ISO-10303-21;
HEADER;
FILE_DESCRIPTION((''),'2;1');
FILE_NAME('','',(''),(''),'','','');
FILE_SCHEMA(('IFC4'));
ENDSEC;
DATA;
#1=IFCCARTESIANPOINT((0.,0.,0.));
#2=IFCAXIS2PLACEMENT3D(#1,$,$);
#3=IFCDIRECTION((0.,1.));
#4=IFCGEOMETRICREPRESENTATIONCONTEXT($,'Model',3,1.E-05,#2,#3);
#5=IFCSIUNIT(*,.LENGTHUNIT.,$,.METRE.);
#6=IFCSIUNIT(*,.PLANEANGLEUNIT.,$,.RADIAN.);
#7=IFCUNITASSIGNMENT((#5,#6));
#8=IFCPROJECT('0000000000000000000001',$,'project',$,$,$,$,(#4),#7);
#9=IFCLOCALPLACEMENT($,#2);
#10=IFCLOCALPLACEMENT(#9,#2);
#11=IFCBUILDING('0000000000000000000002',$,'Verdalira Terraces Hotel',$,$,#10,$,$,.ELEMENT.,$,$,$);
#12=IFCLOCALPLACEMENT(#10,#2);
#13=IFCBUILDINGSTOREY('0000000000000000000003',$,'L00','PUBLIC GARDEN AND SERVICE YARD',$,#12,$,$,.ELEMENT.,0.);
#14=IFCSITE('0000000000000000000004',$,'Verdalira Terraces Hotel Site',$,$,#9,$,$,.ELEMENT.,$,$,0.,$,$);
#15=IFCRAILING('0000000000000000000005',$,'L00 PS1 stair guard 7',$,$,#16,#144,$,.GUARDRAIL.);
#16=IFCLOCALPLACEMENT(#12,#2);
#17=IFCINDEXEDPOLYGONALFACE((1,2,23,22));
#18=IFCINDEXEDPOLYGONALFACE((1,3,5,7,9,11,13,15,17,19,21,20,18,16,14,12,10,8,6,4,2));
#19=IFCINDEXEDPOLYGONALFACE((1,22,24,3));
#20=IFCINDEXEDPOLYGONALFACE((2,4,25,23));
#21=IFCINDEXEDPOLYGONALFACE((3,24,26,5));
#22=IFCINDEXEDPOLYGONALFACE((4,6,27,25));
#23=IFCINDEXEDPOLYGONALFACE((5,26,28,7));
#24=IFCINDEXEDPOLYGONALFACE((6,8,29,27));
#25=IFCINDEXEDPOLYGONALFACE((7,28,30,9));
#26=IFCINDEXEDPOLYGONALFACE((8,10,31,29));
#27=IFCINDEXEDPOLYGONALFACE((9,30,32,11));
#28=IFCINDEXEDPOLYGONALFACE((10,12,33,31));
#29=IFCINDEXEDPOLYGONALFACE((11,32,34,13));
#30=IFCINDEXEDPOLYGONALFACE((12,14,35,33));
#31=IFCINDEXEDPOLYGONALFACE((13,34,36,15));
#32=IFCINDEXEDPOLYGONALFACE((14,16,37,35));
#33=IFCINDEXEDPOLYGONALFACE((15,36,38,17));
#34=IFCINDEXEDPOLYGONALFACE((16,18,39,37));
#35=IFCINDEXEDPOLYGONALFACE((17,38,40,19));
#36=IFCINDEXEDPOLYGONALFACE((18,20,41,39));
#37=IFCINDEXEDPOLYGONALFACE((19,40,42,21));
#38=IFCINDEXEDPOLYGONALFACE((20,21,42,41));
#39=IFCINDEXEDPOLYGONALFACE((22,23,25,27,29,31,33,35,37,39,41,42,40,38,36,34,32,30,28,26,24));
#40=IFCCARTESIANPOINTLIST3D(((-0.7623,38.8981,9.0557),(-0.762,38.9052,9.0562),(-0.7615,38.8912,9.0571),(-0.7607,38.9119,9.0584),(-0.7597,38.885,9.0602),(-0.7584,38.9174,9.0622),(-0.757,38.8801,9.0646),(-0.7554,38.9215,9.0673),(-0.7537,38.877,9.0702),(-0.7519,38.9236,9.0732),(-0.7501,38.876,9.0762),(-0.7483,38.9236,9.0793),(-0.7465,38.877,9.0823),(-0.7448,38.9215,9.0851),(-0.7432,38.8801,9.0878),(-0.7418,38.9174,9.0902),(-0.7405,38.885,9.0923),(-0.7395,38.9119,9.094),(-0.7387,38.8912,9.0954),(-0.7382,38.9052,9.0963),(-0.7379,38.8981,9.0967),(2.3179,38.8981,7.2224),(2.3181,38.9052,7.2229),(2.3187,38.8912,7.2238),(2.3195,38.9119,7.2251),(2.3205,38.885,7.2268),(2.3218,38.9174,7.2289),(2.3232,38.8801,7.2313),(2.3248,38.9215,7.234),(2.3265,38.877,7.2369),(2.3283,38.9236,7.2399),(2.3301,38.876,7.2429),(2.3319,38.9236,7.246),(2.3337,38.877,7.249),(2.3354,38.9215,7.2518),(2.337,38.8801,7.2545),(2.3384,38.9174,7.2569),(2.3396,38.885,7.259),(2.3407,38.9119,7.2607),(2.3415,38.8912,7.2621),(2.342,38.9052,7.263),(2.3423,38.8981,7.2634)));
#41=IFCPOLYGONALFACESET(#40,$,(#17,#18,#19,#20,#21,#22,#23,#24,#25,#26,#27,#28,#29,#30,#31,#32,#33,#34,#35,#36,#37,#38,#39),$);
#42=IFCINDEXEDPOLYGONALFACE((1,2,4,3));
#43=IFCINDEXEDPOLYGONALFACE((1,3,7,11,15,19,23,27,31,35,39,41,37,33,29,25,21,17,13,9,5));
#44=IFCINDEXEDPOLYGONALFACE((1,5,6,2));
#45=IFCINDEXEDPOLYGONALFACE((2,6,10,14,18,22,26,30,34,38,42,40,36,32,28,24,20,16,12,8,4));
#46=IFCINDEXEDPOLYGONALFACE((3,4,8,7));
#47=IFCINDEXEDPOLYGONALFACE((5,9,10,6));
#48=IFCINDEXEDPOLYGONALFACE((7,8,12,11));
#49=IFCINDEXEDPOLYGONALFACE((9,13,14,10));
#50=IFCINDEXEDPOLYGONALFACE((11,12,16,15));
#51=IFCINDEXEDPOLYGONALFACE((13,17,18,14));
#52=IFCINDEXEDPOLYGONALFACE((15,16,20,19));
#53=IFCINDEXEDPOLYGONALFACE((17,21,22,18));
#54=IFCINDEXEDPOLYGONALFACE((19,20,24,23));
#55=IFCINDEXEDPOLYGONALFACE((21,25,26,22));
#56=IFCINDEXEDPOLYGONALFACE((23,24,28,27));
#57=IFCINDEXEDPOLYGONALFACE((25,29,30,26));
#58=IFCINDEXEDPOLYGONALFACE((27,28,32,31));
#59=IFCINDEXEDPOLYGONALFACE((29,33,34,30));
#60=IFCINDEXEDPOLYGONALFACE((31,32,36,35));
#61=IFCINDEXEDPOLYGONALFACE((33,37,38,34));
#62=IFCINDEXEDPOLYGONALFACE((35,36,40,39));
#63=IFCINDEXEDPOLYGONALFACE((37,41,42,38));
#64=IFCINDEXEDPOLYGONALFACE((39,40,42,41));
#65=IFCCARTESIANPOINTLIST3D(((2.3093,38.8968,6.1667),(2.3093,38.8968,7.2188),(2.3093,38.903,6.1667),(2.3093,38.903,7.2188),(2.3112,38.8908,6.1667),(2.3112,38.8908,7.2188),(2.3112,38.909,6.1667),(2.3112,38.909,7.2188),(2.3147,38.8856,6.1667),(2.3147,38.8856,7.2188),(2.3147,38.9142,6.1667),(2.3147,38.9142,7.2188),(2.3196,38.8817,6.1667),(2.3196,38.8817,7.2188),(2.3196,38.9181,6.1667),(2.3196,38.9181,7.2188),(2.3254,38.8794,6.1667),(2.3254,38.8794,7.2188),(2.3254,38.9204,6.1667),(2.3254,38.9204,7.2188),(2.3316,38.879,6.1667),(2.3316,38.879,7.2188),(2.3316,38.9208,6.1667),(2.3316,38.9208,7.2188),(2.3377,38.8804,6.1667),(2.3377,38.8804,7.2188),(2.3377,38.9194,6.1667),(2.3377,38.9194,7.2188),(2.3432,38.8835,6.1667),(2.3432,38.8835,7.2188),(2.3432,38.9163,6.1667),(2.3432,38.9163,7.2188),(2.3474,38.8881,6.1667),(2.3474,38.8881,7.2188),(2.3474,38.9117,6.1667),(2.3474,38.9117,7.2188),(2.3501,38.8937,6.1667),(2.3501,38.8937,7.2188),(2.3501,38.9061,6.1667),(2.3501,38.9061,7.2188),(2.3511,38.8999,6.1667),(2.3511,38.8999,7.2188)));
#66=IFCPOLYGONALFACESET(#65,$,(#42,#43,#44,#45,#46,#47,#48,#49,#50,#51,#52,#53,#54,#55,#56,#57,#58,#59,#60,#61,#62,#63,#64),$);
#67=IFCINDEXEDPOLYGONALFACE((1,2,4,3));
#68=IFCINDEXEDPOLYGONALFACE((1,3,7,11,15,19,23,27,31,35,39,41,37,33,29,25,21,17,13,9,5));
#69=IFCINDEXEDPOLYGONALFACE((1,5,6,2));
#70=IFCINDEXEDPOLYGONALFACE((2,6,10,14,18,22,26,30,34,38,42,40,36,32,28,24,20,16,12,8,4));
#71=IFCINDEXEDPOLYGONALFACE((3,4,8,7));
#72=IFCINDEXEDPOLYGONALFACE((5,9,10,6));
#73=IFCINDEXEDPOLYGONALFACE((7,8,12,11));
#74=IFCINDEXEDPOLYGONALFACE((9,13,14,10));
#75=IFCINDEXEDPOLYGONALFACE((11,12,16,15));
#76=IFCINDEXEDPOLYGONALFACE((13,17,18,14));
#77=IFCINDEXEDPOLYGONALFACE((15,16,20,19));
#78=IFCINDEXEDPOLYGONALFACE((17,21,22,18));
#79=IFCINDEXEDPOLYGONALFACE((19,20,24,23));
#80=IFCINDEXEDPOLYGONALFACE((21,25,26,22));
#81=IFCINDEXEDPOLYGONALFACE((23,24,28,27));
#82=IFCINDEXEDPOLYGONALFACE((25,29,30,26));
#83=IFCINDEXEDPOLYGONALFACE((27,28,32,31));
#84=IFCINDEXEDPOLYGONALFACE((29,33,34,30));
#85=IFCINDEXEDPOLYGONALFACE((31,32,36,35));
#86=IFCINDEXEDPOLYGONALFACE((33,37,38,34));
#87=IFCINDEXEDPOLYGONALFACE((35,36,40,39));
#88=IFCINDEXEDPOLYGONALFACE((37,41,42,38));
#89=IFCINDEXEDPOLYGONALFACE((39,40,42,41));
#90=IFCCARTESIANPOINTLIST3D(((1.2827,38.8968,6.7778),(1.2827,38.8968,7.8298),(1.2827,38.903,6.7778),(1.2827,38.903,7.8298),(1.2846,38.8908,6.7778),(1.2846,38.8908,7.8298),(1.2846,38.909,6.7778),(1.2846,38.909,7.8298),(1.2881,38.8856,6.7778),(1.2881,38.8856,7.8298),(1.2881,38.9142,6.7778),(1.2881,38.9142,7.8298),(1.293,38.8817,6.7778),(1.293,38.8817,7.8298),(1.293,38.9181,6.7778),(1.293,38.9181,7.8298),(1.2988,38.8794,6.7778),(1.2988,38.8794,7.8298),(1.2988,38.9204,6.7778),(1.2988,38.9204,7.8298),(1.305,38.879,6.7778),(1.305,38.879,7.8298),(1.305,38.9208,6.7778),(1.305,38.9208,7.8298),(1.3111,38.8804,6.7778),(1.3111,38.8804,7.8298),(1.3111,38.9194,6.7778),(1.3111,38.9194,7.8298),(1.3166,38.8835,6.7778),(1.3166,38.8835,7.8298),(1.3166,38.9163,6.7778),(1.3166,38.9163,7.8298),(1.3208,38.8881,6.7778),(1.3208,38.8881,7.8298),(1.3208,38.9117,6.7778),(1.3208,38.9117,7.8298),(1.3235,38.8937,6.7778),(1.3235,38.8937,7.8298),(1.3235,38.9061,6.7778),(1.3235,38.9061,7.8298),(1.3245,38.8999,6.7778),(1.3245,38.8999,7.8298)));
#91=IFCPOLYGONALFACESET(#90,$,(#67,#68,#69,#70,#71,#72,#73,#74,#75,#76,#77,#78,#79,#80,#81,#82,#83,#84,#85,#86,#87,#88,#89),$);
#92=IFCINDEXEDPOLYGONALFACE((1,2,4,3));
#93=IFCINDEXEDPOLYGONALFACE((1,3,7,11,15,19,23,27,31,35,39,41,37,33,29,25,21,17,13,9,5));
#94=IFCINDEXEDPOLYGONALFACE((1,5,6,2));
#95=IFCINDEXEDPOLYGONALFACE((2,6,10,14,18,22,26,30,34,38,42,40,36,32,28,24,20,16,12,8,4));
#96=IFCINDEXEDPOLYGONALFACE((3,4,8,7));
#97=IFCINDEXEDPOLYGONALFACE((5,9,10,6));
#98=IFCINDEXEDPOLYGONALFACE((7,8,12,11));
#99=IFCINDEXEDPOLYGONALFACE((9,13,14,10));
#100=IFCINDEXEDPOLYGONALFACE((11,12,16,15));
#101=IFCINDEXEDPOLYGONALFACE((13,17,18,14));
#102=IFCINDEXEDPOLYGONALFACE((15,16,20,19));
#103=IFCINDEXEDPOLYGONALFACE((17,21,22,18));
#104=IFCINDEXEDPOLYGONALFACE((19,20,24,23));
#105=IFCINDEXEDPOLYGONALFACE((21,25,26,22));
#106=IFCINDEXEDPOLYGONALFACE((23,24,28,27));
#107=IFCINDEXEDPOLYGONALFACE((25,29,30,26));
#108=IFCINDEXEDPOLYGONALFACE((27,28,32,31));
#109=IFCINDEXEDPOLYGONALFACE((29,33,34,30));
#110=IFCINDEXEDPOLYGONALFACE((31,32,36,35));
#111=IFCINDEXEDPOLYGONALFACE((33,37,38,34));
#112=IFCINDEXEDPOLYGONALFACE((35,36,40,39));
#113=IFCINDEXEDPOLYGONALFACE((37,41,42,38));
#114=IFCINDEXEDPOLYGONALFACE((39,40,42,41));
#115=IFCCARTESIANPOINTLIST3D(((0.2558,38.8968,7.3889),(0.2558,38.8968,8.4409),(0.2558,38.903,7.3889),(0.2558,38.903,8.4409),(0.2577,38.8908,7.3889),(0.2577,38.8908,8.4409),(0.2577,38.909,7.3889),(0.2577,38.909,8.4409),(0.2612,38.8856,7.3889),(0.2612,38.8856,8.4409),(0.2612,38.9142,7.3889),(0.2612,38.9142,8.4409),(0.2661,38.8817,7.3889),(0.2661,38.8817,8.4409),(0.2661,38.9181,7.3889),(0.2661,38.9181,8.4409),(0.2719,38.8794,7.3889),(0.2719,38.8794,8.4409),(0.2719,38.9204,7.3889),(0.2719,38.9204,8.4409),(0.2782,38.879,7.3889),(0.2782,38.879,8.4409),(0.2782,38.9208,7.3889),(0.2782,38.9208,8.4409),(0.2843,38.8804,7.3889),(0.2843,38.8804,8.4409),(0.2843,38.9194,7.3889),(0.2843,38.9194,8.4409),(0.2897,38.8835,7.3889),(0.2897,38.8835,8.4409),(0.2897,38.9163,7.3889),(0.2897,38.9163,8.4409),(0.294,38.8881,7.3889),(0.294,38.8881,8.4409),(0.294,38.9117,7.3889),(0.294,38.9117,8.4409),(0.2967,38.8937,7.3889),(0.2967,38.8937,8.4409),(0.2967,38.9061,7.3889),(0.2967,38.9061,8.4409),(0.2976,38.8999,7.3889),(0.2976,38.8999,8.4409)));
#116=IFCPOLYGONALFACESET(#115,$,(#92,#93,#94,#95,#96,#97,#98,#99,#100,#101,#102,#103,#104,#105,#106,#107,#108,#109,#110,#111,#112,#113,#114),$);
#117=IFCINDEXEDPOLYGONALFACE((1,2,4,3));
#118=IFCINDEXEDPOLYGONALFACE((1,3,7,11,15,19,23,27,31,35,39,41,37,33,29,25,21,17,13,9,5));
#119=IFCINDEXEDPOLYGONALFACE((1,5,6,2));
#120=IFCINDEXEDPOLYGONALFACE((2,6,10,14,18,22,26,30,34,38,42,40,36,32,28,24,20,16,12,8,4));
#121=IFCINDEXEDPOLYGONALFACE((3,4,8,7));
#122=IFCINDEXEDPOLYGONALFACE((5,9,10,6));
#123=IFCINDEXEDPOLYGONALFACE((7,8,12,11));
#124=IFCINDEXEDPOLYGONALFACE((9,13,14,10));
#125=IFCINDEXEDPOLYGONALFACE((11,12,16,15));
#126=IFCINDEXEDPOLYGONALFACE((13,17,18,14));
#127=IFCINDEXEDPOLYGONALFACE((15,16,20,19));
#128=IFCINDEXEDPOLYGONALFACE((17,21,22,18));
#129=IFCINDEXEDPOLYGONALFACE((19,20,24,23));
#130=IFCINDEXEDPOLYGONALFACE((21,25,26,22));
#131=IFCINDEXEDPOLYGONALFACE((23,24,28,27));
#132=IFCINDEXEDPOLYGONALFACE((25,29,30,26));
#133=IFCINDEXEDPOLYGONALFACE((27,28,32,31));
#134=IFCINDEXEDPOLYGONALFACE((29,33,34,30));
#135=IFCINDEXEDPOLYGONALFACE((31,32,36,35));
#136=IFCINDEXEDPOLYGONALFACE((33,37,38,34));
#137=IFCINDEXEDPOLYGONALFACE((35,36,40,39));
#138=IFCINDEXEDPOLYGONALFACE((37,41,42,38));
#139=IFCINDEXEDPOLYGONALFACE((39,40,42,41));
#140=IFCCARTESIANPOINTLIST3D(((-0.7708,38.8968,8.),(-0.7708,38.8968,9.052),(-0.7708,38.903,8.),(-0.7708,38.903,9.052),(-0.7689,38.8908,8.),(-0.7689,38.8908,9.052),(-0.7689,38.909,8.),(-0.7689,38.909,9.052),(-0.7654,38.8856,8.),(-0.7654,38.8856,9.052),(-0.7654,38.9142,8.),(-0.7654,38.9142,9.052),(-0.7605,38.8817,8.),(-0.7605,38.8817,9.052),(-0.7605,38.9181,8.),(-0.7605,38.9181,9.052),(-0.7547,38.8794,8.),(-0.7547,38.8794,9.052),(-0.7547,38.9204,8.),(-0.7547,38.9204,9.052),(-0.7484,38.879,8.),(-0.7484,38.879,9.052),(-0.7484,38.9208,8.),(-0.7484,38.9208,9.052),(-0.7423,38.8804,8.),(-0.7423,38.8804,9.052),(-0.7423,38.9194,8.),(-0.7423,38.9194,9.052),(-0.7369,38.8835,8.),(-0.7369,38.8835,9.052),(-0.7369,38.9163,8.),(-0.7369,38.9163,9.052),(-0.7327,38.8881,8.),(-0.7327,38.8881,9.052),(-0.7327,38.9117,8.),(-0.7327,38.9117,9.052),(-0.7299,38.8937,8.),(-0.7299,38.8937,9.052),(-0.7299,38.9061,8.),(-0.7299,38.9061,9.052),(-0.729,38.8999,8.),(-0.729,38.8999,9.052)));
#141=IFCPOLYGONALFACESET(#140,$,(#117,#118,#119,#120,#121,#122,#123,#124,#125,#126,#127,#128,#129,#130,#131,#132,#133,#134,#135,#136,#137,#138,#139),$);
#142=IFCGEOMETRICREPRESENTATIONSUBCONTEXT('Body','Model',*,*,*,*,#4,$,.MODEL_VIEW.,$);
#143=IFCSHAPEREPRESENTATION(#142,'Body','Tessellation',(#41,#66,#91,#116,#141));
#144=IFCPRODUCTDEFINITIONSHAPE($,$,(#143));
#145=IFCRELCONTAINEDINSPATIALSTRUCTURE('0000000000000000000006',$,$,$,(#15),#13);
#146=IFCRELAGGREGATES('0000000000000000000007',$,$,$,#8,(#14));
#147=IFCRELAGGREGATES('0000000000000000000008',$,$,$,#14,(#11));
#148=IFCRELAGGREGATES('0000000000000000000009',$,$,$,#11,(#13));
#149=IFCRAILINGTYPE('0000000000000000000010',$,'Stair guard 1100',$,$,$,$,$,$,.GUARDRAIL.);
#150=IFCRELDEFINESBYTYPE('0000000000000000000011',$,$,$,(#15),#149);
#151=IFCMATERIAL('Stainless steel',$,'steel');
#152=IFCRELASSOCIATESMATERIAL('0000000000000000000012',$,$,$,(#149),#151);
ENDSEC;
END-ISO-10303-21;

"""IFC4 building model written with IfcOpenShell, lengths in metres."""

from ifc_helpers import new_model, si_unit, direction, frame, origin, origin_2d, place, context, subcontext, project, spatial, circle, extrude, material, type_object, element, save


model = new_model("IFC4")

# Units and contexts
model_context = context("Model", 3, precision=1e-05, world=origin(), true_north=direction((0.0, 1.0)))
body_context = subcontext(model_context, "Body", "Model", "MODEL_VIEW")
ifc_project = project(units=[si_unit("LENGTHUNIT", "METRE"), si_unit("PLANEANGLEUNIT", "RADIAN")], contexts=[model_context])

# Site, building, storey
site_placement = place(None, origin())
site = spatial("IfcSite", under=ifc_project, at=site_placement, Name="Verdalira Terraces Hotel Site", CompositionType="ELEMENT", RefElevation=0.0)
building_placement = place(site_placement, origin())
building = spatial("IfcBuilding", under=site, at=building_placement, Name="Verdalira Terraces Hotel", CompositionType="ELEMENT")
storey_placement = place(building_placement, origin())
storey = spatial("IfcBuildingStorey", under=building, at=storey_placement, Name="L00", Description="PUBLIC GARDEN AND SERVICE YARD", CompositionType="ELEMENT", Elevation=0.0)

# Railing
ifc_material_1 = material(Name="Stainless steel", Category="steel")
railing_type_1 = type_object("IfcRailingType", Name="Stair guard 1100", PredefinedType="GUARDRAIL", material=ifc_material_1)
railing_1_placement = place(storey_placement, frame((2.3301, 38.8999, 6.1667)))
element("IfcRailing", 1, at=railing_1_placement, inside=storey, type_object=railing_type_1, Name="L00 PS1 stair guard 7", PredefinedType="GUARDRAIL", context=body_context, shape_type="SweptSolid", body=[
    extrude(circle(Radius=0.0239, at=origin_2d()), frame((0.0, 0.0, 1.0762), z_axis=(-0.859309, 0.0, 0.511458), x_axis=(0.0, -1.0, 0.0)), (0.0, 0.0, 1.0), 3.5845),
    extrude(circle(Radius=0.021, at=origin_2d()), origin(), (0.0, 0.0, 1.0), 1.052),
    extrude(circle(Radius=0.021, at=origin_2d()), frame((-1.0266, 0.0, 0.6111)), (0.0, 0.0, 1.0), 1.052),
    extrude(circle(Radius=0.021, at=origin_2d()), frame((-2.0535, 0.0, 1.2222)), (0.0, 0.0, 1.0), 1.052),
    extrude(circle(Radius=0.021, at=origin_2d()), frame((-3.0801, 0.0, 1.8333)), (0.0, 0.0, 1.0), 1.052),
])

save(model, "model.ifc")
